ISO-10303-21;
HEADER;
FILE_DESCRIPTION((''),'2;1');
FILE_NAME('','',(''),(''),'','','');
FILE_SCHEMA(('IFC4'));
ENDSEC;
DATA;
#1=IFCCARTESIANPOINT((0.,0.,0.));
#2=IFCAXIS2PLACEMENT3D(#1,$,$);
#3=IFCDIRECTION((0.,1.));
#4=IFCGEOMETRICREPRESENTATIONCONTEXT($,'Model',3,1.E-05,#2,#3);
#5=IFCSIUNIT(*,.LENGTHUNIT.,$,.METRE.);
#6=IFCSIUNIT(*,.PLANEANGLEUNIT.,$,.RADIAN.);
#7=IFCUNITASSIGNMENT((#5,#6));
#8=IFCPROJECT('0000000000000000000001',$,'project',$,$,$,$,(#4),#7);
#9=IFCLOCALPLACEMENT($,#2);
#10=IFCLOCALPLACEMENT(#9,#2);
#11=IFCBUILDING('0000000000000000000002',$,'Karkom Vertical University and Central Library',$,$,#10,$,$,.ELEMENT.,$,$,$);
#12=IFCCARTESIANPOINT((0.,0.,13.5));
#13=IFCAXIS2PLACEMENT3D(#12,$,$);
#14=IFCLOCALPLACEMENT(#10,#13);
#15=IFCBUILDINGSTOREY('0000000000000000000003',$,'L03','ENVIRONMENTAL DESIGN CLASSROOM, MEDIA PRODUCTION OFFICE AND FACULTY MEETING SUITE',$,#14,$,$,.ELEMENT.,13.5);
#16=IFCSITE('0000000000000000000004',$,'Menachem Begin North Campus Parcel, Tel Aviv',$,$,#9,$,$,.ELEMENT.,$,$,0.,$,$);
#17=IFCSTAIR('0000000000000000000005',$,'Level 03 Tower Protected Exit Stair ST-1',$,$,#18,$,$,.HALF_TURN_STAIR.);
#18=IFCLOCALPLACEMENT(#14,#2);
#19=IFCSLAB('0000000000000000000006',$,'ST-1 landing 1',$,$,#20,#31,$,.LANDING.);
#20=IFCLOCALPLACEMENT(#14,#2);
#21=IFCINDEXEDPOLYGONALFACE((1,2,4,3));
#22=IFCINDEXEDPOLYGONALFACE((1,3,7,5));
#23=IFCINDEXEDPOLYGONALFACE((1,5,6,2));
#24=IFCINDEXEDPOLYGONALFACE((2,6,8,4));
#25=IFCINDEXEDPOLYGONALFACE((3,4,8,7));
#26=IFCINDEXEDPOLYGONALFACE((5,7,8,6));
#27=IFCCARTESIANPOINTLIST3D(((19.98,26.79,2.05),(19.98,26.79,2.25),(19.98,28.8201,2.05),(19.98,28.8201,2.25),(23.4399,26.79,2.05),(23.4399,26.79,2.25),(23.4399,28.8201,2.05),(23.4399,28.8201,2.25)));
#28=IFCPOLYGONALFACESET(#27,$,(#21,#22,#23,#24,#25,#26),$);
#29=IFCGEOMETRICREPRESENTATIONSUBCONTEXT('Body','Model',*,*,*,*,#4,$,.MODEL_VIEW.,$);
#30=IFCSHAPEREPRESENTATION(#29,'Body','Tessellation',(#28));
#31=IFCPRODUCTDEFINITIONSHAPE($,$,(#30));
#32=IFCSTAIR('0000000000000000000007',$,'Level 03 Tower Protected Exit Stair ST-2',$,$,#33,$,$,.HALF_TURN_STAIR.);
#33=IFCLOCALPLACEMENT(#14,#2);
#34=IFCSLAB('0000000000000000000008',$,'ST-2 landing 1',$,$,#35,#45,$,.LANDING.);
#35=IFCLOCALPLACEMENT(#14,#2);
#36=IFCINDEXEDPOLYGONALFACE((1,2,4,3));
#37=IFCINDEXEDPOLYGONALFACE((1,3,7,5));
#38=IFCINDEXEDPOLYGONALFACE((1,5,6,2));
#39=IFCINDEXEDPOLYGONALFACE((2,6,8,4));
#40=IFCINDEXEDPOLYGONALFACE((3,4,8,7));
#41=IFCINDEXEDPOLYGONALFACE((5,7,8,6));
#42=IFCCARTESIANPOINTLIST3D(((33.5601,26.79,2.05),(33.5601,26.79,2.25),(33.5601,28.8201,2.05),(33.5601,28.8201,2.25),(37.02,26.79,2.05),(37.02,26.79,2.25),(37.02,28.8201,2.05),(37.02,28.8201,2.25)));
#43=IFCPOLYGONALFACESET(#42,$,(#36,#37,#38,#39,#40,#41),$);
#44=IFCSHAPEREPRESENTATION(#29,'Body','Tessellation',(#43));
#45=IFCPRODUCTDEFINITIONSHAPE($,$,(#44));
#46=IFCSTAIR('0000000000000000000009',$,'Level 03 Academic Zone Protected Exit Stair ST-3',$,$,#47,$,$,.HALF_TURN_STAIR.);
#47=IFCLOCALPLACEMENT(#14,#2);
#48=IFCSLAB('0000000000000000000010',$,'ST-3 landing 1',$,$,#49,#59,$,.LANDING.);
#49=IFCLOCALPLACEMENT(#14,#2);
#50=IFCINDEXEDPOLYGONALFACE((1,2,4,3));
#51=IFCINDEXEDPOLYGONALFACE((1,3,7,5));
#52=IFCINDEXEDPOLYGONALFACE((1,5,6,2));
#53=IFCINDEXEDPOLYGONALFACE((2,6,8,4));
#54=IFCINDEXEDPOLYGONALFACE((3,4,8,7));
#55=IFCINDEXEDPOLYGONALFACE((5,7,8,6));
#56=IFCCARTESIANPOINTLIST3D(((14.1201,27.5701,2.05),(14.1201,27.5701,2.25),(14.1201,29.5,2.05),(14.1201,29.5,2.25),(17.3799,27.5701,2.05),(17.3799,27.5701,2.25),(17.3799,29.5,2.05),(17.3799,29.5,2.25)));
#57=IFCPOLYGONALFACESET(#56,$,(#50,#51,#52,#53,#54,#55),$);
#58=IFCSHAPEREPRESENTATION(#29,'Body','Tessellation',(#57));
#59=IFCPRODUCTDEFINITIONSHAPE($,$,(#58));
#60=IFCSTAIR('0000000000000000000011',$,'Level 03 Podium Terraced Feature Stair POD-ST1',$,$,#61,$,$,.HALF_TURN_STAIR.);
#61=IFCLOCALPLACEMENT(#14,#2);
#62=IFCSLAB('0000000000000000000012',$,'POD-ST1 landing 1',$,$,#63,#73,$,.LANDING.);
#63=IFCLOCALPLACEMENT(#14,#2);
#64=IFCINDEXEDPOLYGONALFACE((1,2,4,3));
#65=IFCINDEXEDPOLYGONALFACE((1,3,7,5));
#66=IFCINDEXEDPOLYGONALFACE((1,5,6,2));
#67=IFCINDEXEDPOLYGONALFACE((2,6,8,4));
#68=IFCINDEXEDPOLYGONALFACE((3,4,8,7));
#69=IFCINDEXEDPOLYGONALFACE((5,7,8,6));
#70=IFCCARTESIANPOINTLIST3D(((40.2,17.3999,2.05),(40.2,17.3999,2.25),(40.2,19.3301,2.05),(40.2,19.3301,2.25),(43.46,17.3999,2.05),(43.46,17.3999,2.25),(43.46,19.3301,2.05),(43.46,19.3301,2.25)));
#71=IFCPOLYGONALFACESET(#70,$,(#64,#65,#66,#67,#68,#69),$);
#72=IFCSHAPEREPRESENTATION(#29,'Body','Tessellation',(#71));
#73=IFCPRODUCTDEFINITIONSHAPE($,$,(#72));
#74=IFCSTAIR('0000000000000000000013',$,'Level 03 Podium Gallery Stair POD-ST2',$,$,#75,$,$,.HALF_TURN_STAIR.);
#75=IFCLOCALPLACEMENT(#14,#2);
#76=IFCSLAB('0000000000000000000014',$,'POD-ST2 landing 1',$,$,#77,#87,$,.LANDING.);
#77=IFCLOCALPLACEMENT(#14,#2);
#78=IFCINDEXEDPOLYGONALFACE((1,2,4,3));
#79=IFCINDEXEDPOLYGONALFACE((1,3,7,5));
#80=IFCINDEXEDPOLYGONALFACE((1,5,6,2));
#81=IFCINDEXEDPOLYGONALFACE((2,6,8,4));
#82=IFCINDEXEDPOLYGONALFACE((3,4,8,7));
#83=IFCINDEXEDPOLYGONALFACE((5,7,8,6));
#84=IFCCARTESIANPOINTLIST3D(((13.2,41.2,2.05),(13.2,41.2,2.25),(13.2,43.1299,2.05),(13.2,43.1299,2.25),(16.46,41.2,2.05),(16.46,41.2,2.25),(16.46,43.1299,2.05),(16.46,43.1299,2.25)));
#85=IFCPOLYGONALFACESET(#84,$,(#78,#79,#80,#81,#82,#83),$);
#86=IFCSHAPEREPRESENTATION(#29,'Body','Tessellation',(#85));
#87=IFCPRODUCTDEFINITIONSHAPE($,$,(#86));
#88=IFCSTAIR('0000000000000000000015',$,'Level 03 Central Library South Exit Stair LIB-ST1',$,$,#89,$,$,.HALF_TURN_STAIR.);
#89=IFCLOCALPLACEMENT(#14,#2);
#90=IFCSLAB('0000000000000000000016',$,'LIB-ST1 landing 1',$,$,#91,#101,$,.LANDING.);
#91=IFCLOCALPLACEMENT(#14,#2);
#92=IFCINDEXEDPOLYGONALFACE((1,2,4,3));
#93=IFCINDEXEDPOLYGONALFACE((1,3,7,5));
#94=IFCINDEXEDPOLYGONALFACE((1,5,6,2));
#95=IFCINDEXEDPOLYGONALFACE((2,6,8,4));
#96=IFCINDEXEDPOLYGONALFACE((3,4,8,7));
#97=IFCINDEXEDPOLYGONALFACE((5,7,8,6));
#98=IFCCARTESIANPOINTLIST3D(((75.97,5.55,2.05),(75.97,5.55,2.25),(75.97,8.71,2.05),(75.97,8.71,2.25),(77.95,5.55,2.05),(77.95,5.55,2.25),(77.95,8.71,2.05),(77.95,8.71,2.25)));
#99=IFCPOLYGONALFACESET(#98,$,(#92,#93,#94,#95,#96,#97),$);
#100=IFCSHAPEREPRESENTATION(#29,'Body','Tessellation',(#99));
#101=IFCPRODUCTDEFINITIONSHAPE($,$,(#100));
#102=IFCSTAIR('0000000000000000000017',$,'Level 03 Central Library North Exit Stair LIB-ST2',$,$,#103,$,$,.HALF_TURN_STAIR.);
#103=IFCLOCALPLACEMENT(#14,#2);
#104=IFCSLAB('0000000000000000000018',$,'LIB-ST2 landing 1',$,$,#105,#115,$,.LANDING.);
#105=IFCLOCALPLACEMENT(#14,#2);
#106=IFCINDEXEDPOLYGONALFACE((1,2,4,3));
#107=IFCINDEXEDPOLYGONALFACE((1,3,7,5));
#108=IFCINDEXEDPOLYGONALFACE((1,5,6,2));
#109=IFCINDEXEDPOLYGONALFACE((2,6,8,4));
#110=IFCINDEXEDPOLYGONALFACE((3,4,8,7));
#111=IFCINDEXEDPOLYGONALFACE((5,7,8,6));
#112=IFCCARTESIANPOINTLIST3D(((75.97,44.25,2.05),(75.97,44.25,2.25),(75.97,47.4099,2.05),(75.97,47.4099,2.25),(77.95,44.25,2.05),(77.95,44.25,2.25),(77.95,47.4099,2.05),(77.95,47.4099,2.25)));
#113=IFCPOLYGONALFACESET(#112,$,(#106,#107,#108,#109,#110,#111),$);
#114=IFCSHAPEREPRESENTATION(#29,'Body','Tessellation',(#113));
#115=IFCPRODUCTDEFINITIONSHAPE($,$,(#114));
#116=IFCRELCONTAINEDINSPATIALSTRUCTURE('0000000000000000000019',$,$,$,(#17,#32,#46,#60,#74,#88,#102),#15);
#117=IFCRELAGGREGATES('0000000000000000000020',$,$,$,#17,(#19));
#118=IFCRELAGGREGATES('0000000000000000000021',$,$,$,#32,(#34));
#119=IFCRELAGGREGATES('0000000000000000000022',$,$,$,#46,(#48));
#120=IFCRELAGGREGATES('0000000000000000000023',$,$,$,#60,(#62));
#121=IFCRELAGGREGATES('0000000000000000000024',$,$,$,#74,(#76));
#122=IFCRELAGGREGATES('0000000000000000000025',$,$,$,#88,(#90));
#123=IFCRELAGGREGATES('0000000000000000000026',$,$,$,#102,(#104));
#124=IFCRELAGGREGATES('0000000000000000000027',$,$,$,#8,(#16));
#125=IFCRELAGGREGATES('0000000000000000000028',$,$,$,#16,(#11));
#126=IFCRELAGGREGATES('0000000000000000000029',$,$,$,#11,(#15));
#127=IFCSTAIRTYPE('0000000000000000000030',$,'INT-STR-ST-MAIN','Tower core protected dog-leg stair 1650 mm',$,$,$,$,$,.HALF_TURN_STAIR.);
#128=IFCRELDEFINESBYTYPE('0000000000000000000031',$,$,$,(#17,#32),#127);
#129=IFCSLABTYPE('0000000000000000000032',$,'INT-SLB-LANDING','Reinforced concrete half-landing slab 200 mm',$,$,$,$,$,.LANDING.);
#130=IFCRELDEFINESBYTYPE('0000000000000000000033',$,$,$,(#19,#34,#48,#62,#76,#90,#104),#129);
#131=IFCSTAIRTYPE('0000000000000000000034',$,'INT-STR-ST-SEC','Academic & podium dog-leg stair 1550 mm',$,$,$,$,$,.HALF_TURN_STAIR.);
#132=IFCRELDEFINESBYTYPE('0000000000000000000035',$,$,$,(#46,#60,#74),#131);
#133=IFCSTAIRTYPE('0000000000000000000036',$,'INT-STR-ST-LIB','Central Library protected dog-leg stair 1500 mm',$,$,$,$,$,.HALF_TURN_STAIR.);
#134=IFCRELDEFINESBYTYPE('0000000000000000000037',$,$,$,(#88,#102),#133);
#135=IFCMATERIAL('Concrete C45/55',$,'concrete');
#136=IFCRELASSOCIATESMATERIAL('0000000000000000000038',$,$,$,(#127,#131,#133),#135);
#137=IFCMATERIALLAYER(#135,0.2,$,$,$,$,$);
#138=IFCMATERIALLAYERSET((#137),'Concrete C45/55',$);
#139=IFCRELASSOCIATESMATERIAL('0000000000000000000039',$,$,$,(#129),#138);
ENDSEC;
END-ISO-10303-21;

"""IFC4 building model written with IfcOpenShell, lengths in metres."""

from ifc_helpers import new_model, si_unit, direction, frame, origin, place, context, subcontext, project, spatial, polyline, outline, extrude, material, layer, layer_set, type_object, element, aggregate, save


model = new_model("IFC4")

# Units and contexts
model_context = context("Model", 3, precision=1e-05, world=origin(), true_north=direction((0.0, 1.0)))
body_context = subcontext(model_context, "Body", "Model", "MODEL_VIEW")
ifc_project = project(units=[si_unit("LENGTHUNIT", "METRE"), si_unit("PLANEANGLEUNIT", "RADIAN")], contexts=[model_context])

# Site, building, storey
site_placement = place(None, origin())
site = spatial("IfcSite", under=ifc_project, at=site_placement, Name="Menachem Begin North Campus Parcel, Tel Aviv", CompositionType="ELEMENT", RefElevation=0.0)
building_placement = place(site_placement, origin())
building = spatial("IfcBuilding", under=site, at=building_placement, Name="Karkom Vertical University and Central Library", CompositionType="ELEMENT")
storey_placement = place(building_placement, frame((0.0, 0.0, 13.5)))
storey = spatial("IfcBuildingStorey", under=building, at=storey_placement, Name="L03", Description="ENVIRONMENTAL DESIGN CLASSROOM, MEDIA PRODUCTION OFFICE AND FACULTY MEETING SUITE", CompositionType="ELEMENT", Elevation=13.5)

# Stairs, slabs
ifc_material_1 = material(Name="Concrete C45/55", Category="concrete")
stair_type_1 = type_object("IfcStairType", Name="INT-STR-ST-MAIN", Description="Tower core protected dog-leg stair 1650 mm", PredefinedType="HALF_TURN_STAIR", material=ifc_material_1)
stair_1_placement = place(storey_placement, origin())
stair_1 = element("IfcStair", 1, at=stair_1_placement, inside=storey, type_object=stair_type_1, Name="Level 03 Tower Protected Exit Stair ST-1", PredefinedType="HALF_TURN_STAIR")
ifc_layer_1 = layer(ifc_material_1, 0.2)
ifc_layer_set_1 = layer_set([ifc_layer_1], Name="Concrete C45/55")
slab_type_1 = type_object("IfcSlabType", Name="INT-SLB-LANDING", Description="Reinforced concrete half-landing slab 200 mm", PredefinedType="LANDING", material=ifc_layer_set_1)
slab_1_placement = place(storey_placement, frame((0.0, 0.0, 2.05)))
slab_1 = element("IfcSlab", 2, at=slab_1_placement, type_object=slab_type_1, Name="ST-1 landing 1", PredefinedType="LANDING", context=body_context, shape_type="SweptSolid", body=[
    extrude(outline(polyline([(23.4399, 26.79), (23.4399, 28.8201), (19.98, 28.8201), (19.98, 26.79), (23.4399, 26.79)])), origin(), (0.0, 0.0, 1.0), 0.2),
])
aggregate(stair_1, [slab_1])
stair_2_placement = place(storey_placement, origin())
stair_2 = element("IfcStair", 3, at=stair_2_placement, inside=storey, type_object=stair_type_1, Name="Level 03 Tower Protected Exit Stair ST-2", PredefinedType="HALF_TURN_STAIR")
slab_2_placement = place(storey_placement, frame((0.0, 0.0, 2.05)))
slab_2 = element("IfcSlab", 4, at=slab_2_placement, type_object=slab_type_1, Name="ST-2 landing 1", PredefinedType="LANDING", context=body_context, shape_type="SweptSolid", body=[
    extrude(outline(polyline([(37.02, 26.79), (37.02, 28.8201), (33.5601, 28.8201), (33.5601, 26.79), (37.02, 26.79)])), origin(), (0.0, 0.0, 1.0), 0.2),
])
aggregate(stair_2, [slab_2])
stair_type_2 = type_object("IfcStairType", Name="INT-STR-ST-SEC", Description="Academic & podium dog-leg stair 1550 mm", PredefinedType="HALF_TURN_STAIR", material=ifc_material_1)
stair_3_placement = place(storey_placement, origin())
stair_3 = element("IfcStair", 5, at=stair_3_placement, inside=storey, type_object=stair_type_2, Name="Level 03 Academic Zone Protected Exit Stair ST-3", PredefinedType="HALF_TURN_STAIR")
slab_3_placement = place(storey_placement, frame((0.0, 0.0, 2.05)))
slab_3 = element("IfcSlab", 6, at=slab_3_placement, type_object=slab_type_1, Name="ST-3 landing 1", PredefinedType="LANDING", context=body_context, shape_type="SweptSolid", body=[
    extrude(outline(polyline([(17.3799, 27.5701), (17.3799, 29.5), (14.1201, 29.5), (14.1201, 27.5701), (17.3799, 27.5701)])), origin(), (0.0, 0.0, 1.0), 0.2),
])
aggregate(stair_3, [slab_3])
stair_4_placement = place(storey_placement, origin())
stair_4 = element("IfcStair", 7, at=stair_4_placement, inside=storey, type_object=stair_type_2, Name="Level 03 Podium Terraced Feature Stair POD-ST1", PredefinedType="HALF_TURN_STAIR")
slab_4_placement = place(storey_placement, frame((0.0, 0.0, 2.05)))
slab_4 = element("IfcSlab", 8, at=slab_4_placement, type_object=slab_type_1, Name="POD-ST1 landing 1", PredefinedType="LANDING", context=body_context, shape_type="SweptSolid", body=[
    extrude(outline(polyline([(43.46, 17.3999), (43.46, 19.3301), (40.2, 19.3301), (40.2, 17.3999), (43.46, 17.3999)])), origin(), (0.0, 0.0, 1.0), 0.2),
])
aggregate(stair_4, [slab_4])
stair_5_placement = place(storey_placement, origin())
stair_5 = element("IfcStair", 9, at=stair_5_placement, inside=storey, type_object=stair_type_2, Name="Level 03 Podium Gallery Stair POD-ST2", PredefinedType="HALF_TURN_STAIR")
slab_5_placement = place(storey_placement, frame((0.0, 0.0, 2.05)))
slab_5 = element("IfcSlab", 10, at=slab_5_placement, type_object=slab_type_1, Name="POD-ST2 landing 1", PredefinedType="LANDING", context=body_context, shape_type="SweptSolid", body=[
    extrude(outline(polyline([(16.46, 41.2), (16.46, 43.1299), (13.2, 43.1299), (13.2, 41.2), (16.46, 41.2)])), origin(), (0.0, 0.0, 1.0), 0.2),
])
aggregate(stair_5, [slab_5])
stair_type_3 = type_object("IfcStairType", Name="INT-STR-ST-LIB", Description="Central Library protected dog-leg stair 1500 mm", PredefinedType="HALF_TURN_STAIR", material=ifc_material_1)
stair_6_placement = place(storey_placement, origin())
stair_6 = element("IfcStair", 11, at=stair_6_placement, inside=storey, type_object=stair_type_3, Name="Level 03 Central Library South Exit Stair LIB-ST1", PredefinedType="HALF_TURN_STAIR")
slab_6_placement = place(storey_placement, frame((0.0, 0.0, 2.05)))
slab_6 = element("IfcSlab", 12, at=slab_6_placement, type_object=slab_type_1, Name="LIB-ST1 landing 1", PredefinedType="LANDING", context=body_context, shape_type="SweptSolid", body=[
    extrude(outline(polyline([(75.97, 5.55), (77.95, 5.55), (77.95, 8.71), (75.97, 8.71), (75.97, 5.55)])), origin(), (0.0, 0.0, 1.0), 0.2),
])
aggregate(stair_6, [slab_6])
stair_7_placement = place(storey_placement, origin())
stair_7 = element("IfcStair", 13, at=stair_7_placement, inside=storey, type_object=stair_type_3, Name="Level 03 Central Library North Exit Stair LIB-ST2", PredefinedType="HALF_TURN_STAIR")
slab_7_placement = place(storey_placement, frame((0.0, 0.0, 2.05)))
slab_7 = element("IfcSlab", 14, at=slab_7_placement, type_object=slab_type_1, Name="LIB-ST2 landing 1", PredefinedType="LANDING", context=body_context, shape_type="SweptSolid", body=[
    extrude(outline(polyline([(75.97, 44.25), (77.95, 44.25), (77.95, 47.4099), (75.97, 47.4099), (75.97, 44.25)])), origin(), (0.0, 0.0, 1.0), 0.2),
])
aggregate(stair_7, [slab_7])

save(model, "model.ifc")
